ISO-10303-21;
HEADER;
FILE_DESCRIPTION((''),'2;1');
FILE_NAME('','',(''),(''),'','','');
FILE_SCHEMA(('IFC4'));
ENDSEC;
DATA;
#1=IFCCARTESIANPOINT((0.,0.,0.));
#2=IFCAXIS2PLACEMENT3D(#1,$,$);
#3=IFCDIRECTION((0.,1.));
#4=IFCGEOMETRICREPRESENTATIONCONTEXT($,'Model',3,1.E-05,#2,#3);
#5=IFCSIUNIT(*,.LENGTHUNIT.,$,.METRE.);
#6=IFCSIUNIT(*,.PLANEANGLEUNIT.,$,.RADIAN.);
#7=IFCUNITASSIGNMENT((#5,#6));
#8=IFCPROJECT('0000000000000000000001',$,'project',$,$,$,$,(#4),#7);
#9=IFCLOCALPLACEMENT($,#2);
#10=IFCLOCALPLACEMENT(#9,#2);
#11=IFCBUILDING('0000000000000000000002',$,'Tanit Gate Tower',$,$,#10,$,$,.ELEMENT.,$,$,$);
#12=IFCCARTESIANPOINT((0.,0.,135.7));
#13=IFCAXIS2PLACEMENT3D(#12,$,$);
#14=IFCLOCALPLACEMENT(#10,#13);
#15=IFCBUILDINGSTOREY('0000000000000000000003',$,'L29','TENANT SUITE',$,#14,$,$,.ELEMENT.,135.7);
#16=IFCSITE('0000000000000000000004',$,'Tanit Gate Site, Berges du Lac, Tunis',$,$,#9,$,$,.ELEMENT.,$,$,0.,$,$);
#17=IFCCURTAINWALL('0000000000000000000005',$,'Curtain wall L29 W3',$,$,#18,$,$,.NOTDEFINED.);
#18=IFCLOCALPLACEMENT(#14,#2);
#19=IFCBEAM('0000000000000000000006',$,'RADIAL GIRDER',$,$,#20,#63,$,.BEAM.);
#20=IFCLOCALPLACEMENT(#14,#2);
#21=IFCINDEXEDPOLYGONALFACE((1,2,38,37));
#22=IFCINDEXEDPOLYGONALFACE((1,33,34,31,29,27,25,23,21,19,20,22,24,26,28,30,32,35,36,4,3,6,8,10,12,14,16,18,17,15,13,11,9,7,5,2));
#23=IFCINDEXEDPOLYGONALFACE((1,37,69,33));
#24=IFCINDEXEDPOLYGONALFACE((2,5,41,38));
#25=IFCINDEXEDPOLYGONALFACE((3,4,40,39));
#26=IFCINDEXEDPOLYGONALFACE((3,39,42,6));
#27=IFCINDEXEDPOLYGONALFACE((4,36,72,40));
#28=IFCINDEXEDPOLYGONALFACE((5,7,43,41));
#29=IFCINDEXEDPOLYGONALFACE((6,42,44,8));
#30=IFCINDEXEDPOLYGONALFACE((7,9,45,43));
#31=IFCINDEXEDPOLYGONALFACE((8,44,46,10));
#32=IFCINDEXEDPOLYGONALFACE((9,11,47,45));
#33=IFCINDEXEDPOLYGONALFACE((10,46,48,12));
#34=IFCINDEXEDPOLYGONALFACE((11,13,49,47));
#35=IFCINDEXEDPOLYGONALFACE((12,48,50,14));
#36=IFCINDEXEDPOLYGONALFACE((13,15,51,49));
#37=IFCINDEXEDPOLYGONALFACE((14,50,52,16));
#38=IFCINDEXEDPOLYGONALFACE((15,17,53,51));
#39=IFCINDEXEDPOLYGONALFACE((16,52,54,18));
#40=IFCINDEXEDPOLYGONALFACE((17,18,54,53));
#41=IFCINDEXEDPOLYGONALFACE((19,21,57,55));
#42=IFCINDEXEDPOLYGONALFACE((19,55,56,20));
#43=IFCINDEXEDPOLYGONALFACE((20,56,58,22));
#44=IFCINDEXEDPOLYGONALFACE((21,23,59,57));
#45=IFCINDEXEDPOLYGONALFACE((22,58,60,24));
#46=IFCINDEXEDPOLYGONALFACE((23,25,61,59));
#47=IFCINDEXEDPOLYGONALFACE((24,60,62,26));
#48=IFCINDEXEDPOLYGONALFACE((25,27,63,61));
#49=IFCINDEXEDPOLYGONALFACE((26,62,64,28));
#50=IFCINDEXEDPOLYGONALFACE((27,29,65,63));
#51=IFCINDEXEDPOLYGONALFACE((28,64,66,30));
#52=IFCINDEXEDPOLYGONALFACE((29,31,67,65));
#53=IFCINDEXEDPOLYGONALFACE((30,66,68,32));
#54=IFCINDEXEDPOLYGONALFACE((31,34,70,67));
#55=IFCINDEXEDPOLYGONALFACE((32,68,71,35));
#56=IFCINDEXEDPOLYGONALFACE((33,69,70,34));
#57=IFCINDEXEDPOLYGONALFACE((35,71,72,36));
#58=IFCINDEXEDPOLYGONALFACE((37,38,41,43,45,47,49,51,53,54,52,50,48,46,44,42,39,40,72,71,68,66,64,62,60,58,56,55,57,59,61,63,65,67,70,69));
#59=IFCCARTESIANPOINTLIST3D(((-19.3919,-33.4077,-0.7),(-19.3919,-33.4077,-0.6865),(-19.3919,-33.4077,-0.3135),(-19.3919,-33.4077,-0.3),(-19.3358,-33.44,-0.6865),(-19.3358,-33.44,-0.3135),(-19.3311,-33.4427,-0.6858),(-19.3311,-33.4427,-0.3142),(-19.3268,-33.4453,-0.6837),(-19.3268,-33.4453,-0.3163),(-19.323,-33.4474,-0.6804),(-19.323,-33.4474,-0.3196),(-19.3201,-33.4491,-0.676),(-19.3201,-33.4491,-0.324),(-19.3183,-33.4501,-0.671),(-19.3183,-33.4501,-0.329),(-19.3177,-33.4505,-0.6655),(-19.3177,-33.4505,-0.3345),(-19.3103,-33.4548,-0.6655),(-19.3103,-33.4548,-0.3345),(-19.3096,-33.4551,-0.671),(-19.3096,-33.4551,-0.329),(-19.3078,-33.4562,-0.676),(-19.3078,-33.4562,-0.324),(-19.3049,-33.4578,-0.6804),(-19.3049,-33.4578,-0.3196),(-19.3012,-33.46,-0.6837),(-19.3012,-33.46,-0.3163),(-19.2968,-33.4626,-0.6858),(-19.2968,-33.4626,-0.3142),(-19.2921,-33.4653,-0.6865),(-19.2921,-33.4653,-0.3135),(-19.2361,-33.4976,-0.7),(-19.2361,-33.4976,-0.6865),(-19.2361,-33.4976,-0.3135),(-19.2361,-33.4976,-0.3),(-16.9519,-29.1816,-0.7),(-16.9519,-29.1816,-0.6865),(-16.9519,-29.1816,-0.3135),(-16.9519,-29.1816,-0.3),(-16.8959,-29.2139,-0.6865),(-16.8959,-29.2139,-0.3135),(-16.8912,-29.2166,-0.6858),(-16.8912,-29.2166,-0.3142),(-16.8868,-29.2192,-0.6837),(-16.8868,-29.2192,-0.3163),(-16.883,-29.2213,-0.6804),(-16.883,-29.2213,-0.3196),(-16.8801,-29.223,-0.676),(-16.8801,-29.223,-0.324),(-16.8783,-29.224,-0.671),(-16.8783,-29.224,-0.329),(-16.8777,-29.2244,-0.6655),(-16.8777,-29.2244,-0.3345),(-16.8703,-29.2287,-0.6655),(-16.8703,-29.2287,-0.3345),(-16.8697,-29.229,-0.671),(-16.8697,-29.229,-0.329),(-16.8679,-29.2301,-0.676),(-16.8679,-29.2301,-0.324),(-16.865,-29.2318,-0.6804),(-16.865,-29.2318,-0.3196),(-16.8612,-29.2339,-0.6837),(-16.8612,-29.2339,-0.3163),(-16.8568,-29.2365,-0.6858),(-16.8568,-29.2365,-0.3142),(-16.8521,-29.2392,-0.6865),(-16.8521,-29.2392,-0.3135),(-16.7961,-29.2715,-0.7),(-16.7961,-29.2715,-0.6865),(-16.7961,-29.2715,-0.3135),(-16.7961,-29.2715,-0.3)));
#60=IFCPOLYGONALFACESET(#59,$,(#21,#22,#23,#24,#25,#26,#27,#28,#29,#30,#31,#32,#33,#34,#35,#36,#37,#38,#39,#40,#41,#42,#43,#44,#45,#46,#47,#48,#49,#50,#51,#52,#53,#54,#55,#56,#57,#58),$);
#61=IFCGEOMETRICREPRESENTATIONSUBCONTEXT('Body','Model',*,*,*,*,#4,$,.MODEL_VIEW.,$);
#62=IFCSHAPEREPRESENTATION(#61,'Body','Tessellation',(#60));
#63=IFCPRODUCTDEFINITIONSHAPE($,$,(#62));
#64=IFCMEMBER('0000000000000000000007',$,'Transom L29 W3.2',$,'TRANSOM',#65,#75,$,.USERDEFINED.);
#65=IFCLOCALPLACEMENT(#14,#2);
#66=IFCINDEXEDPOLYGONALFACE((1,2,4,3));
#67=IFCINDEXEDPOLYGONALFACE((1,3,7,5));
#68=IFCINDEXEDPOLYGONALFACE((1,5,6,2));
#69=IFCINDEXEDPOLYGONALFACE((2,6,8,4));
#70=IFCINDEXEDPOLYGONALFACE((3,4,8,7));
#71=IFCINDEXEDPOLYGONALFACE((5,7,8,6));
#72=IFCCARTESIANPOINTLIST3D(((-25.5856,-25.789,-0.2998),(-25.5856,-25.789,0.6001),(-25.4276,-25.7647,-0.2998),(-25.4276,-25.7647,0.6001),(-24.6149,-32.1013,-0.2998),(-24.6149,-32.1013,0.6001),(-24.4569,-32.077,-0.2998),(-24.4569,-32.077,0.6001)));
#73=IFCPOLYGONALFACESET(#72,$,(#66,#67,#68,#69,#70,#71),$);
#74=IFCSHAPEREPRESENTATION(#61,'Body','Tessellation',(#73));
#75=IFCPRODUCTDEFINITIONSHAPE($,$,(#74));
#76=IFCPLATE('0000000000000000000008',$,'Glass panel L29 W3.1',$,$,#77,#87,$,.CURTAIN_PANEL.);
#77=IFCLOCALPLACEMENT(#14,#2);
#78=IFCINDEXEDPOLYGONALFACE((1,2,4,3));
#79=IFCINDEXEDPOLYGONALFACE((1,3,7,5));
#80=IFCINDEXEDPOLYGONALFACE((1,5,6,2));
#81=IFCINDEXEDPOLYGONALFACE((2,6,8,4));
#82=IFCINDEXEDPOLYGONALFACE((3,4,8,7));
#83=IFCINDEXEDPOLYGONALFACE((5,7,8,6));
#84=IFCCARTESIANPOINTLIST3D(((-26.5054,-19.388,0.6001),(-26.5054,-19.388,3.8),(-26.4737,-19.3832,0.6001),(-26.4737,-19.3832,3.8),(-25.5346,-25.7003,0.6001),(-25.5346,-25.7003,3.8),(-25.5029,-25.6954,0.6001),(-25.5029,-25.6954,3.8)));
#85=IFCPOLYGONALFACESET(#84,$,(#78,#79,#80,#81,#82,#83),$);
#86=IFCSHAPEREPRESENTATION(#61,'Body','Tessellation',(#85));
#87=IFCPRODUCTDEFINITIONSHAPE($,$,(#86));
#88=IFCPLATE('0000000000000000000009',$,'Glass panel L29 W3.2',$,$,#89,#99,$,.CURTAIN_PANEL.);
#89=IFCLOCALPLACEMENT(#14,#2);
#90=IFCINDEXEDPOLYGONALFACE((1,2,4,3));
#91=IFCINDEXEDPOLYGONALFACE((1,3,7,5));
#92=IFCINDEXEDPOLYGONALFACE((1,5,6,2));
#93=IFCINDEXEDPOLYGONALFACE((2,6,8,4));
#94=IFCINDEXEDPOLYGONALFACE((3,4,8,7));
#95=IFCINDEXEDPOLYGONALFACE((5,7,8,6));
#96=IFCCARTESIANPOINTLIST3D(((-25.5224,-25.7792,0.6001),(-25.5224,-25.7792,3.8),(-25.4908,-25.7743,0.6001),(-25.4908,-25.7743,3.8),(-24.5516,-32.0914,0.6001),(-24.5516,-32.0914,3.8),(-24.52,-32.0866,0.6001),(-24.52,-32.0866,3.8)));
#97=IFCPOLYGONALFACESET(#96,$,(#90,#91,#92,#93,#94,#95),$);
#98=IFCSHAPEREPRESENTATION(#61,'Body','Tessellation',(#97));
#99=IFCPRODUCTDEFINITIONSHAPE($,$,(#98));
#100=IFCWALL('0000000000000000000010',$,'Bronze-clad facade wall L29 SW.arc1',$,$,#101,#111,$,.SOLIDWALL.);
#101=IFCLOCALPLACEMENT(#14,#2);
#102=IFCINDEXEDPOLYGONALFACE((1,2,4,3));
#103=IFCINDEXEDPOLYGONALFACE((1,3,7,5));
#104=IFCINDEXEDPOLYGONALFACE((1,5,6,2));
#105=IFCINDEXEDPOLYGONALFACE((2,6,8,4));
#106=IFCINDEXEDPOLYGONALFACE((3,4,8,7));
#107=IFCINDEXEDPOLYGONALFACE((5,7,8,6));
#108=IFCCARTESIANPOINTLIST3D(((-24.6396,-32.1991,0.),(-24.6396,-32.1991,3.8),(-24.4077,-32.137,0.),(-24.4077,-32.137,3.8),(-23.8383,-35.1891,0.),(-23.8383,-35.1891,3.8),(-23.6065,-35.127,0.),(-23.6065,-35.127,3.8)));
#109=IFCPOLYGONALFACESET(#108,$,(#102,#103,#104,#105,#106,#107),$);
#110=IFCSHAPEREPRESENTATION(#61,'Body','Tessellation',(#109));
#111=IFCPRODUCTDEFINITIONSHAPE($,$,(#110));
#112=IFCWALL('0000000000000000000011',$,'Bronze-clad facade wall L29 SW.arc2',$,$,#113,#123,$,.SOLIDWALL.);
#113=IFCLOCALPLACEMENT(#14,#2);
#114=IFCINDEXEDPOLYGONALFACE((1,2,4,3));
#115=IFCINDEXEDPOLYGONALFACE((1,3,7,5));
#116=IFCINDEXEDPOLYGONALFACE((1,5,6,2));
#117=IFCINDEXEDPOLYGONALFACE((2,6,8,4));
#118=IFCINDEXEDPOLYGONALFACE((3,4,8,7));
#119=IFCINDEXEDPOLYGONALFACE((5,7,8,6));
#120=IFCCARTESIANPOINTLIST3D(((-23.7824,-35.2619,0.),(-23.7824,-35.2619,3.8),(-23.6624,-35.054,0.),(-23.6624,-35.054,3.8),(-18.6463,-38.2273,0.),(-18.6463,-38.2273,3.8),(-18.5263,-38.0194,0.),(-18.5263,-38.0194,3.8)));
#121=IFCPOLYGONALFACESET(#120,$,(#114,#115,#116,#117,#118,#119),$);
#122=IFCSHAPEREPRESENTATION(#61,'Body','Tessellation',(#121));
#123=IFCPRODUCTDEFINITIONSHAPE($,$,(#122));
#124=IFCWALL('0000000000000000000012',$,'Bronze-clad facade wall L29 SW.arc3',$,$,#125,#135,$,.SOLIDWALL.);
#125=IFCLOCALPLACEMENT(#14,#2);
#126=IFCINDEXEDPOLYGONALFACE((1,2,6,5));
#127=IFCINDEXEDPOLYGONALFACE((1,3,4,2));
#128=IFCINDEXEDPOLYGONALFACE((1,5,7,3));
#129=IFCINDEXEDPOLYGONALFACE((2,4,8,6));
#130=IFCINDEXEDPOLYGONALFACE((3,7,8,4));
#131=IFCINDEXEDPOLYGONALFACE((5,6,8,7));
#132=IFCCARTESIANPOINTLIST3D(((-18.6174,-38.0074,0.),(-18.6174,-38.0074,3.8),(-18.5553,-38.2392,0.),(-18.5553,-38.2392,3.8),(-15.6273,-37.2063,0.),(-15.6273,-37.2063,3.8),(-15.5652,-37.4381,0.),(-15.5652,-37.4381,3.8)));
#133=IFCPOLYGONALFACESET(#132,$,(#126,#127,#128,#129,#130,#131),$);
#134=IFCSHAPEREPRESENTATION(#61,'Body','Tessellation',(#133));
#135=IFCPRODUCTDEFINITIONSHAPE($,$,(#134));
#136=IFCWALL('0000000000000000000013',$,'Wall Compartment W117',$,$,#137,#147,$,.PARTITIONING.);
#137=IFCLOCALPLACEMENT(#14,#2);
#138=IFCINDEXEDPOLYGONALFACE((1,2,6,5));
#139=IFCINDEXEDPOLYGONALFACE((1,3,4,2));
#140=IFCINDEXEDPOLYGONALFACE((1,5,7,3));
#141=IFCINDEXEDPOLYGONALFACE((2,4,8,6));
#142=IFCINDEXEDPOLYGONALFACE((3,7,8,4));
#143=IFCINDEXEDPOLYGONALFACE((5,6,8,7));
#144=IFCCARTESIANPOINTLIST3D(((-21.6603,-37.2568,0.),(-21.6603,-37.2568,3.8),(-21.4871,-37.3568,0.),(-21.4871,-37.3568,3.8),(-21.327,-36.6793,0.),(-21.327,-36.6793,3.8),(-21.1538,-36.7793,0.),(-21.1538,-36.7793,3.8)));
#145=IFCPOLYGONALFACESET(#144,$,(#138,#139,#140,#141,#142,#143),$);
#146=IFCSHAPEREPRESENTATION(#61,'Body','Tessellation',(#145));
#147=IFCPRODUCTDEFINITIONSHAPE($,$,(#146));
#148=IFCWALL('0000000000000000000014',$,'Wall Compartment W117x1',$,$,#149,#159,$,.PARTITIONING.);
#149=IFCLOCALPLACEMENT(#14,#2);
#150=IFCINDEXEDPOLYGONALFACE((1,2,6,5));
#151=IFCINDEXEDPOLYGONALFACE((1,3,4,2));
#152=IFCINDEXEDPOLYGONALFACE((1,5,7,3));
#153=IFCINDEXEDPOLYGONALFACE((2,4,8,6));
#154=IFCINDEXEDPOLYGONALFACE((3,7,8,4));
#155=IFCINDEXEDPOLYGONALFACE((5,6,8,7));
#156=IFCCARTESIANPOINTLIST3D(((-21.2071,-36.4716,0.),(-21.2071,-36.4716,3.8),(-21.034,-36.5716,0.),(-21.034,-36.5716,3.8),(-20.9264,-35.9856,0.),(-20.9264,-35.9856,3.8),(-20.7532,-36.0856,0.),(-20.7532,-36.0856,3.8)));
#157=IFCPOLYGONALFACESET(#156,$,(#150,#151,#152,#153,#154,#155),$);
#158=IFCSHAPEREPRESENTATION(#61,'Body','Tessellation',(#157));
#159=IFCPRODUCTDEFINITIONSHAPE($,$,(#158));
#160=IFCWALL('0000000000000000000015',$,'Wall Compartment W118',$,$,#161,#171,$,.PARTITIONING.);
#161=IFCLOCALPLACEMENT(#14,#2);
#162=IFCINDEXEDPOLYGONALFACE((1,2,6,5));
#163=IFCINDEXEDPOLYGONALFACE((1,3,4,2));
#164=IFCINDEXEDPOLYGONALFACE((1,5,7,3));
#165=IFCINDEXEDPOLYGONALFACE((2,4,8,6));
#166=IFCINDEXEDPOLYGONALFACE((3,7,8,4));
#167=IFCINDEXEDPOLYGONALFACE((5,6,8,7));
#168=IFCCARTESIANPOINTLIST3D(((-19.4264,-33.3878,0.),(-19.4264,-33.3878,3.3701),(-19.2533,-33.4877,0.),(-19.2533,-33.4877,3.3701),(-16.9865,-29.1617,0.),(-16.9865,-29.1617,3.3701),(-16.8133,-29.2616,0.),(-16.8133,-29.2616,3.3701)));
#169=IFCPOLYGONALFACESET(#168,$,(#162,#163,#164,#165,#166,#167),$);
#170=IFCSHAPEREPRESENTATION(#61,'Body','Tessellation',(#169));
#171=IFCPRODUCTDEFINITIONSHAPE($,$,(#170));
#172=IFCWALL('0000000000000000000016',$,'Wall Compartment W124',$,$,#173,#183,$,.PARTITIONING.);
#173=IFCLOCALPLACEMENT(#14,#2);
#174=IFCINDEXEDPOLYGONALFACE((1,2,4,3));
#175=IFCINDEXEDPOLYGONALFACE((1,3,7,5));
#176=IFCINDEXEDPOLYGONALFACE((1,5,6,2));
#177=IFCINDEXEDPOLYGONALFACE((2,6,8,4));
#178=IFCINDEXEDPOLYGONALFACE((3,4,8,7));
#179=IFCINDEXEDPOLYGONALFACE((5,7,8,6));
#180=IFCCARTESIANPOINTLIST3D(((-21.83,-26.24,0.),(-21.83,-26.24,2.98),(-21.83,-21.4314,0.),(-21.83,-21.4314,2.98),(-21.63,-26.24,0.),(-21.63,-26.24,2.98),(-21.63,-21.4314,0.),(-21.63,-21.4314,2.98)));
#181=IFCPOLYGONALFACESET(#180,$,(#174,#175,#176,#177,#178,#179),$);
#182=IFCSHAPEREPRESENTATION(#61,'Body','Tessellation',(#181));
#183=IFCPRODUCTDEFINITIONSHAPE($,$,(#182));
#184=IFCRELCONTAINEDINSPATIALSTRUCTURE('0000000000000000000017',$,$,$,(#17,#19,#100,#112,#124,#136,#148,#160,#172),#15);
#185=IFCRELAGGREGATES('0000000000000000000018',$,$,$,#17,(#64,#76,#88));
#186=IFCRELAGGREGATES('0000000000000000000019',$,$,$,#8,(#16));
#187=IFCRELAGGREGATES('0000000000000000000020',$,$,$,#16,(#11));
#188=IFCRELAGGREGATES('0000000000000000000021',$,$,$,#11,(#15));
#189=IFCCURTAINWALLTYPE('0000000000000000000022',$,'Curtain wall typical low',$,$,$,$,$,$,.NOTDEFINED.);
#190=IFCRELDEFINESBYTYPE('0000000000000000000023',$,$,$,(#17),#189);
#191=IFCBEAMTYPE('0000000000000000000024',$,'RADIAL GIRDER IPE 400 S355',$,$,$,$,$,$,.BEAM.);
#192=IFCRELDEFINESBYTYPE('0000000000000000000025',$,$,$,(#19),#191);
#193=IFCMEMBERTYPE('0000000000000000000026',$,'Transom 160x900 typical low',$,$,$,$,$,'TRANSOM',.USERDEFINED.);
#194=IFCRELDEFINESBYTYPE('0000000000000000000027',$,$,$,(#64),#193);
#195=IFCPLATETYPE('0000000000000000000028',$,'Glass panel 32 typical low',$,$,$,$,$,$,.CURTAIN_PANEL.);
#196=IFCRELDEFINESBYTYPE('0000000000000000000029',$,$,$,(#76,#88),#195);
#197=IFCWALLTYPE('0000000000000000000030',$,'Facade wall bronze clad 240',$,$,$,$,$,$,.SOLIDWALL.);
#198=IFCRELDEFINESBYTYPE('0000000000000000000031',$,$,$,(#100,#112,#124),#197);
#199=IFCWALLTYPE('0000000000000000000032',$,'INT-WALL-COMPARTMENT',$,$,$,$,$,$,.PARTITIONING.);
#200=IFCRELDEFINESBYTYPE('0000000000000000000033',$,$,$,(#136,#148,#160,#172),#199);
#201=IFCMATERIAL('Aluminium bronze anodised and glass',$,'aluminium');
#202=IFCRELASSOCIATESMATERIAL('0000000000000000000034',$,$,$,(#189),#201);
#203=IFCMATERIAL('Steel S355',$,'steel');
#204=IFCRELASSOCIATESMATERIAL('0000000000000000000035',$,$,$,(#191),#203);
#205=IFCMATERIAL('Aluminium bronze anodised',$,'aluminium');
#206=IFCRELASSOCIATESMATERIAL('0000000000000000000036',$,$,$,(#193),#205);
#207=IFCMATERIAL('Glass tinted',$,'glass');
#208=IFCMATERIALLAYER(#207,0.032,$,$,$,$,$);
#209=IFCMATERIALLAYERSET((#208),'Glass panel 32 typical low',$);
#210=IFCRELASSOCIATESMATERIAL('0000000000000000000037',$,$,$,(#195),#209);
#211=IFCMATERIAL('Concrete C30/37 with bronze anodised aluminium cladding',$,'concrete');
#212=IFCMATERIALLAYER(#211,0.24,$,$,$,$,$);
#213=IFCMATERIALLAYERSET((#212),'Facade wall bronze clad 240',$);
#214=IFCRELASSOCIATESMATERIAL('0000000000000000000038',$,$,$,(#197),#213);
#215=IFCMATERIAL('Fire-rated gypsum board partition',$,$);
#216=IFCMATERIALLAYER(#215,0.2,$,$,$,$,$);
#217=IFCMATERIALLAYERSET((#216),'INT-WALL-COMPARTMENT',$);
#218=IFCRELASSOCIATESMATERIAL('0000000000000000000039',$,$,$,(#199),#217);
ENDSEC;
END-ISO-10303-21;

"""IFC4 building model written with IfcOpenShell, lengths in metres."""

from ifc_helpers import new_model, si_unit, direction, frame, frame_2d, origin, origin_2d, place, context, subcontext, project, spatial, rectangle, i_section, extrude, material, layer, layer_set, material_profile, profile_set, type_object, element, aggregate, save


model = new_model("IFC4")

# Units and contexts
model_context = context("Model", 3, precision=1e-05, world=origin(), true_north=direction((0.0, 1.0)))
body_context = subcontext(model_context, "Body", "Model", "MODEL_VIEW")
ifc_project = project(units=[si_unit("LENGTHUNIT", "METRE"), si_unit("PLANEANGLEUNIT", "RADIAN")], contexts=[model_context])

# Site, building, storey
site_placement = place(None, origin())
site = spatial("IfcSite", under=ifc_project, at=site_placement, Name="Tanit Gate Site, Berges du Lac, Tunis", CompositionType="ELEMENT", RefElevation=0.0)
building_placement = place(site_placement, origin())
building = spatial("IfcBuilding", under=site, at=building_placement, Name="Tanit Gate Tower", CompositionType="ELEMENT")
storey_placement = place(building_placement, frame((0.0, 0.0, 135.7)))
storey = spatial("IfcBuildingStorey", under=building, at=storey_placement, Name="L29", Description="TENANT SUITE", CompositionType="ELEMENT", Elevation=135.7)

# Curtain wall
ifc_material_1 = material(Name="Aluminium bronze anodised and glass", Category="aluminium")
curtain_wall_type = type_object("IfcCurtainWallType", Name="Curtain wall typical low", PredefinedType="NOTDEFINED", material=ifc_material_1)
curtain_wall_placement = place(storey_placement, origin())
curtain_wall = element("IfcCurtainWall", 1, at=curtain_wall_placement, inside=storey, type_object=curtain_wall_type, Name="Curtain wall L29 W3", PredefinedType="NOTDEFINED")

# Beam
ifc_material_2 = material(Name="Steel S355", Category="steel")
ifc_material_profile_1 = material_profile(ifc_material_2, i_section(OverallWidth=0.1799, OverallDepth=0.3999, WebThickness=0.0085, FlangeThickness=0.0134, FilletRadius=0.021, at=origin_2d()), Name="IPE 400")
ifc_profile_set_1 = profile_set([ifc_material_profile_1], Name="Steel S355")
beam_type_1 = type_object("IfcBeamType", Name="RADIAL GIRDER IPE 400 S355", PredefinedType="BEAM", material=ifc_profile_set_1)
beam_1_placement = place(storey_placement, frame((-19.314, -33.4526, -0.5), z_axis=(0.500003, 0.866024, 0.0), x_axis=(-0.866024, 0.500003, 0.0)))
element("IfcBeam", 2, at=beam_1_placement, inside=storey, type_object=beam_type_1, Name="RADIAL GIRDER", PredefinedType="BEAM", context=body_context, shape_type="SweptSolid", body=[
    extrude(i_section(OverallWidth=0.1799, OverallDepth=0.3999, WebThickness=0.0085, FlangeThickness=0.0134, FilletRadius=0.021, at=origin_2d()), origin(), (0.0, 0.0, 1.0), 4.8799),
])

# Member
ifc_material_3 = material(Name="Aluminium bronze anodised", Category="aluminium")
ifc_material_profile_2 = material_profile(ifc_material_3, rectangle(XDim=0.1599, YDim=0.8999, at=origin_2d()), Name="160x900 bronze transom")
ifc_profile_set_2 = profile_set([ifc_material_profile_2], Name="Aluminium bronze anodised")
member_type_1 = type_object("IfcMemberType", Name="Transom 160x900 typical low", ElementType="TRANSOM", PredefinedType="USERDEFINED", material=ifc_profile_set_2)
member_1_placement = place(storey_placement, frame((-25.5066, -25.7769, 0.1501), z_axis=(0.151994, -0.988381, 0.0), x_axis=(0.988381, 0.151994, 0.0)))
member_1 = element("IfcMember", 3, at=member_1_placement, type_object=member_type_1, Name="Transom L29 W3.2", ObjectType="TRANSOM", PredefinedType="USERDEFINED", context=body_context, shape_type="SweptSolid", body=[
    extrude(rectangle(XDim=0.1599, YDim=0.8999, at=origin_2d()), origin(), (0.0, 0.0, 1.0), 6.3865),
])

# Plates
ifc_material_4 = material(Name="Glass tinted", Category="glass")
ifc_layer_1 = layer(ifc_material_4, 0.032)
ifc_layer_set_1 = layer_set([ifc_layer_1], Name="Glass panel 32 typical low")
plate_type = type_object("IfcPlateType", Name="Glass panel 32 typical low", PredefinedType="CURTAIN_PANEL", material=ifc_layer_set_1)
plate_1_placement = place(storey_placement, frame((-26.0042, -22.5417, 0.6001), z_axis=(0.0, 0.0, 1.0), x_axis=(0.152008, -0.988379, 0.0)))
plate_1 = element("IfcPlate", 4, at=plate_1_placement, type_object=plate_type, Name="Glass panel L29 W3.1", PredefinedType="CURTAIN_PANEL", context=body_context, shape_type="SweptSolid", body=[
    extrude(rectangle(XDim=6.3865, YDim=0.032, at=origin_2d()), origin(), (0.0, 0.0, 1.0), 3.2),
])
plate_2_placement = place(storey_placement, frame((-25.0212, -28.9329, 0.6001), z_axis=(0.0, 0.0, 1.0), x_axis=(0.152008, -0.988379, 0.0)))
plate_2 = element("IfcPlate", 5, at=plate_2_placement, type_object=plate_type, Name="Glass panel L29 W3.2", PredefinedType="CURTAIN_PANEL", context=body_context, shape_type="SweptSolid", body=[
    extrude(rectangle(XDim=6.3865, YDim=0.032, at=origin_2d()), origin(), (0.0, 0.0, 1.0), 3.2),
])
aggregate(curtain_wall, [member_1, plate_1, plate_2])

# Walls
ifc_material_5 = material(Name="Concrete C30/37 with bronze anodised aluminium cladding", Category="concrete")
ifc_layer_2 = layer(ifc_material_5, 0.24)
ifc_layer_set_2 = layer_set([ifc_layer_2], Name="Facade wall bronze clad 240")
wall_type_1 = type_object("IfcWallType", Name="Facade wall bronze clad 240", PredefinedType="SOLIDWALL", material=ifc_layer_set_2)
wall_1_placement = place(storey_placement, frame((-24.5237, -32.168, 0.0), z_axis=(0.0, 0.0, 1.0), x_axis=(0.25885, -0.965917, 0.0)))
element("IfcWall", 6, at=wall_1_placement, inside=storey, type_object=wall_type_1, Name="Bronze-clad facade wall L29 SW.arc1", PredefinedType="SOLIDWALL", context=body_context, shape_type="SweptSolid", body=[
    extrude(rectangle(XDim=3.0955, YDim=0.24, at=frame_2d((1.5479, 0.0))), origin(), (0.0, 0.0, 1.0), 3.8),
])
wall_2_placement = place(storey_placement, frame((-23.7224, -35.158, 0.0), z_axis=(0.0, 0.0, 1.0), x_axis=(0.86602, -0.500009, 0.0)))
element("IfcWall", 7, at=wall_2_placement, inside=storey, type_object=wall_type_1, Name="Bronze-clad facade wall L29 SW.arc2", PredefinedType="SOLIDWALL", context=body_context, shape_type="SweptSolid", body=[
    extrude(rectangle(XDim=5.9307, YDim=0.24, at=frame_2d((2.9653, 0.0))), origin(), (0.0, 0.0, 1.0), 3.8),
])
wall_3_placement = place(storey_placement, frame((-18.5864, -38.1233, 0.0), z_axis=(0.0, 0.0, 1.0), x_axis=(0.965937, 0.258777, 0.0)))
element("IfcWall", 8, at=wall_3_placement, inside=storey, type_object=wall_type_1, Name="Bronze-clad facade wall L29 SW.arc3", PredefinedType="SOLIDWALL", context=body_context, shape_type="SweptSolid", body=[
    extrude(rectangle(XDim=3.0955, YDim=0.24, at=frame_2d((1.5479, 0.0))), origin(), (0.0, 0.0, 1.0), 3.8),
])
ifc_material_6 = material(Name="Fire-rated gypsum board partition")
ifc_layer_3 = layer(ifc_material_6, 0.2)
ifc_layer_set_3 = layer_set([ifc_layer_3], Name="INT-WALL-COMPARTMENT")
wall_type_2 = type_object("IfcWallType", Name="INT-WALL-COMPARTMENT", PredefinedType="PARTITIONING", material=ifc_layer_set_3)
wall_4_placement = place(storey_placement, frame((-21.5737, -37.3069, 0.0), z_axis=(0.0, 0.0, 1.0), x_axis=(0.499881, 0.866094, 0.0)))
element("IfcWall", 9, at=wall_4_placement, inside=storey, type_object=wall_type_2, Name="Wall Compartment W117", PredefinedType="PARTITIONING", context=body_context, shape_type="SweptSolid", body=[
    extrude(rectangle(XDim=0.6667, YDim=0.2, at=frame_2d((0.3335, 0.0))), origin(), (0.0, 0.0, 1.0), 3.8),
])
wall_5_placement = place(storey_placement, frame((-21.1206, -36.5217, 0.0), z_axis=(0.0, 0.0, 1.0), x_axis=(0.500162, 0.865932, 0.0)))
element("IfcWall", 10, at=wall_5_placement, inside=storey, type_object=wall_type_2, Name="Wall Compartment W117x1", PredefinedType="PARTITIONING", context=body_context, shape_type="SweptSolid", body=[
    extrude(rectangle(XDim=0.5613, YDim=0.2, at=frame_2d((0.2808, 0.0))), origin(), (0.0, 0.0, 1.0), 3.8),
])
wall_6_placement = place(storey_placement, frame((-19.3398, -33.4377, 0.0), z_axis=(0.0, 0.0, 1.0), x_axis=(0.500003, 0.866024, 0.0)))
element("IfcWall", 11, at=wall_6_placement, inside=storey, type_object=wall_type_2, Name="Wall Compartment W118", PredefinedType="PARTITIONING", context=body_context, shape_type="SweptSolid", body=[
    extrude(rectangle(XDim=4.8799, YDim=0.2, at=frame_2d((2.4399, 0.0))), origin(), (0.0, 0.0, 1.0), 3.3701),
])
wall_7_placement = place(storey_placement, frame((-21.73, -26.24, 0.0), z_axis=(0.0, 0.0, 1.0), x_axis=(0.0, 1.0, 0.0)))
element("IfcWall", 12, at=wall_7_placement, inside=storey, type_object=wall_type_2, Name="Wall Compartment W124", PredefinedType="PARTITIONING", context=body_context, shape_type="SweptSolid", body=[
    extrude(rectangle(XDim=4.8086, YDim=0.2, at=frame_2d((2.4043, 0.0))), origin(), (0.0, 0.0, 1.0), 2.98),
])

save(model, "model.ifc")
